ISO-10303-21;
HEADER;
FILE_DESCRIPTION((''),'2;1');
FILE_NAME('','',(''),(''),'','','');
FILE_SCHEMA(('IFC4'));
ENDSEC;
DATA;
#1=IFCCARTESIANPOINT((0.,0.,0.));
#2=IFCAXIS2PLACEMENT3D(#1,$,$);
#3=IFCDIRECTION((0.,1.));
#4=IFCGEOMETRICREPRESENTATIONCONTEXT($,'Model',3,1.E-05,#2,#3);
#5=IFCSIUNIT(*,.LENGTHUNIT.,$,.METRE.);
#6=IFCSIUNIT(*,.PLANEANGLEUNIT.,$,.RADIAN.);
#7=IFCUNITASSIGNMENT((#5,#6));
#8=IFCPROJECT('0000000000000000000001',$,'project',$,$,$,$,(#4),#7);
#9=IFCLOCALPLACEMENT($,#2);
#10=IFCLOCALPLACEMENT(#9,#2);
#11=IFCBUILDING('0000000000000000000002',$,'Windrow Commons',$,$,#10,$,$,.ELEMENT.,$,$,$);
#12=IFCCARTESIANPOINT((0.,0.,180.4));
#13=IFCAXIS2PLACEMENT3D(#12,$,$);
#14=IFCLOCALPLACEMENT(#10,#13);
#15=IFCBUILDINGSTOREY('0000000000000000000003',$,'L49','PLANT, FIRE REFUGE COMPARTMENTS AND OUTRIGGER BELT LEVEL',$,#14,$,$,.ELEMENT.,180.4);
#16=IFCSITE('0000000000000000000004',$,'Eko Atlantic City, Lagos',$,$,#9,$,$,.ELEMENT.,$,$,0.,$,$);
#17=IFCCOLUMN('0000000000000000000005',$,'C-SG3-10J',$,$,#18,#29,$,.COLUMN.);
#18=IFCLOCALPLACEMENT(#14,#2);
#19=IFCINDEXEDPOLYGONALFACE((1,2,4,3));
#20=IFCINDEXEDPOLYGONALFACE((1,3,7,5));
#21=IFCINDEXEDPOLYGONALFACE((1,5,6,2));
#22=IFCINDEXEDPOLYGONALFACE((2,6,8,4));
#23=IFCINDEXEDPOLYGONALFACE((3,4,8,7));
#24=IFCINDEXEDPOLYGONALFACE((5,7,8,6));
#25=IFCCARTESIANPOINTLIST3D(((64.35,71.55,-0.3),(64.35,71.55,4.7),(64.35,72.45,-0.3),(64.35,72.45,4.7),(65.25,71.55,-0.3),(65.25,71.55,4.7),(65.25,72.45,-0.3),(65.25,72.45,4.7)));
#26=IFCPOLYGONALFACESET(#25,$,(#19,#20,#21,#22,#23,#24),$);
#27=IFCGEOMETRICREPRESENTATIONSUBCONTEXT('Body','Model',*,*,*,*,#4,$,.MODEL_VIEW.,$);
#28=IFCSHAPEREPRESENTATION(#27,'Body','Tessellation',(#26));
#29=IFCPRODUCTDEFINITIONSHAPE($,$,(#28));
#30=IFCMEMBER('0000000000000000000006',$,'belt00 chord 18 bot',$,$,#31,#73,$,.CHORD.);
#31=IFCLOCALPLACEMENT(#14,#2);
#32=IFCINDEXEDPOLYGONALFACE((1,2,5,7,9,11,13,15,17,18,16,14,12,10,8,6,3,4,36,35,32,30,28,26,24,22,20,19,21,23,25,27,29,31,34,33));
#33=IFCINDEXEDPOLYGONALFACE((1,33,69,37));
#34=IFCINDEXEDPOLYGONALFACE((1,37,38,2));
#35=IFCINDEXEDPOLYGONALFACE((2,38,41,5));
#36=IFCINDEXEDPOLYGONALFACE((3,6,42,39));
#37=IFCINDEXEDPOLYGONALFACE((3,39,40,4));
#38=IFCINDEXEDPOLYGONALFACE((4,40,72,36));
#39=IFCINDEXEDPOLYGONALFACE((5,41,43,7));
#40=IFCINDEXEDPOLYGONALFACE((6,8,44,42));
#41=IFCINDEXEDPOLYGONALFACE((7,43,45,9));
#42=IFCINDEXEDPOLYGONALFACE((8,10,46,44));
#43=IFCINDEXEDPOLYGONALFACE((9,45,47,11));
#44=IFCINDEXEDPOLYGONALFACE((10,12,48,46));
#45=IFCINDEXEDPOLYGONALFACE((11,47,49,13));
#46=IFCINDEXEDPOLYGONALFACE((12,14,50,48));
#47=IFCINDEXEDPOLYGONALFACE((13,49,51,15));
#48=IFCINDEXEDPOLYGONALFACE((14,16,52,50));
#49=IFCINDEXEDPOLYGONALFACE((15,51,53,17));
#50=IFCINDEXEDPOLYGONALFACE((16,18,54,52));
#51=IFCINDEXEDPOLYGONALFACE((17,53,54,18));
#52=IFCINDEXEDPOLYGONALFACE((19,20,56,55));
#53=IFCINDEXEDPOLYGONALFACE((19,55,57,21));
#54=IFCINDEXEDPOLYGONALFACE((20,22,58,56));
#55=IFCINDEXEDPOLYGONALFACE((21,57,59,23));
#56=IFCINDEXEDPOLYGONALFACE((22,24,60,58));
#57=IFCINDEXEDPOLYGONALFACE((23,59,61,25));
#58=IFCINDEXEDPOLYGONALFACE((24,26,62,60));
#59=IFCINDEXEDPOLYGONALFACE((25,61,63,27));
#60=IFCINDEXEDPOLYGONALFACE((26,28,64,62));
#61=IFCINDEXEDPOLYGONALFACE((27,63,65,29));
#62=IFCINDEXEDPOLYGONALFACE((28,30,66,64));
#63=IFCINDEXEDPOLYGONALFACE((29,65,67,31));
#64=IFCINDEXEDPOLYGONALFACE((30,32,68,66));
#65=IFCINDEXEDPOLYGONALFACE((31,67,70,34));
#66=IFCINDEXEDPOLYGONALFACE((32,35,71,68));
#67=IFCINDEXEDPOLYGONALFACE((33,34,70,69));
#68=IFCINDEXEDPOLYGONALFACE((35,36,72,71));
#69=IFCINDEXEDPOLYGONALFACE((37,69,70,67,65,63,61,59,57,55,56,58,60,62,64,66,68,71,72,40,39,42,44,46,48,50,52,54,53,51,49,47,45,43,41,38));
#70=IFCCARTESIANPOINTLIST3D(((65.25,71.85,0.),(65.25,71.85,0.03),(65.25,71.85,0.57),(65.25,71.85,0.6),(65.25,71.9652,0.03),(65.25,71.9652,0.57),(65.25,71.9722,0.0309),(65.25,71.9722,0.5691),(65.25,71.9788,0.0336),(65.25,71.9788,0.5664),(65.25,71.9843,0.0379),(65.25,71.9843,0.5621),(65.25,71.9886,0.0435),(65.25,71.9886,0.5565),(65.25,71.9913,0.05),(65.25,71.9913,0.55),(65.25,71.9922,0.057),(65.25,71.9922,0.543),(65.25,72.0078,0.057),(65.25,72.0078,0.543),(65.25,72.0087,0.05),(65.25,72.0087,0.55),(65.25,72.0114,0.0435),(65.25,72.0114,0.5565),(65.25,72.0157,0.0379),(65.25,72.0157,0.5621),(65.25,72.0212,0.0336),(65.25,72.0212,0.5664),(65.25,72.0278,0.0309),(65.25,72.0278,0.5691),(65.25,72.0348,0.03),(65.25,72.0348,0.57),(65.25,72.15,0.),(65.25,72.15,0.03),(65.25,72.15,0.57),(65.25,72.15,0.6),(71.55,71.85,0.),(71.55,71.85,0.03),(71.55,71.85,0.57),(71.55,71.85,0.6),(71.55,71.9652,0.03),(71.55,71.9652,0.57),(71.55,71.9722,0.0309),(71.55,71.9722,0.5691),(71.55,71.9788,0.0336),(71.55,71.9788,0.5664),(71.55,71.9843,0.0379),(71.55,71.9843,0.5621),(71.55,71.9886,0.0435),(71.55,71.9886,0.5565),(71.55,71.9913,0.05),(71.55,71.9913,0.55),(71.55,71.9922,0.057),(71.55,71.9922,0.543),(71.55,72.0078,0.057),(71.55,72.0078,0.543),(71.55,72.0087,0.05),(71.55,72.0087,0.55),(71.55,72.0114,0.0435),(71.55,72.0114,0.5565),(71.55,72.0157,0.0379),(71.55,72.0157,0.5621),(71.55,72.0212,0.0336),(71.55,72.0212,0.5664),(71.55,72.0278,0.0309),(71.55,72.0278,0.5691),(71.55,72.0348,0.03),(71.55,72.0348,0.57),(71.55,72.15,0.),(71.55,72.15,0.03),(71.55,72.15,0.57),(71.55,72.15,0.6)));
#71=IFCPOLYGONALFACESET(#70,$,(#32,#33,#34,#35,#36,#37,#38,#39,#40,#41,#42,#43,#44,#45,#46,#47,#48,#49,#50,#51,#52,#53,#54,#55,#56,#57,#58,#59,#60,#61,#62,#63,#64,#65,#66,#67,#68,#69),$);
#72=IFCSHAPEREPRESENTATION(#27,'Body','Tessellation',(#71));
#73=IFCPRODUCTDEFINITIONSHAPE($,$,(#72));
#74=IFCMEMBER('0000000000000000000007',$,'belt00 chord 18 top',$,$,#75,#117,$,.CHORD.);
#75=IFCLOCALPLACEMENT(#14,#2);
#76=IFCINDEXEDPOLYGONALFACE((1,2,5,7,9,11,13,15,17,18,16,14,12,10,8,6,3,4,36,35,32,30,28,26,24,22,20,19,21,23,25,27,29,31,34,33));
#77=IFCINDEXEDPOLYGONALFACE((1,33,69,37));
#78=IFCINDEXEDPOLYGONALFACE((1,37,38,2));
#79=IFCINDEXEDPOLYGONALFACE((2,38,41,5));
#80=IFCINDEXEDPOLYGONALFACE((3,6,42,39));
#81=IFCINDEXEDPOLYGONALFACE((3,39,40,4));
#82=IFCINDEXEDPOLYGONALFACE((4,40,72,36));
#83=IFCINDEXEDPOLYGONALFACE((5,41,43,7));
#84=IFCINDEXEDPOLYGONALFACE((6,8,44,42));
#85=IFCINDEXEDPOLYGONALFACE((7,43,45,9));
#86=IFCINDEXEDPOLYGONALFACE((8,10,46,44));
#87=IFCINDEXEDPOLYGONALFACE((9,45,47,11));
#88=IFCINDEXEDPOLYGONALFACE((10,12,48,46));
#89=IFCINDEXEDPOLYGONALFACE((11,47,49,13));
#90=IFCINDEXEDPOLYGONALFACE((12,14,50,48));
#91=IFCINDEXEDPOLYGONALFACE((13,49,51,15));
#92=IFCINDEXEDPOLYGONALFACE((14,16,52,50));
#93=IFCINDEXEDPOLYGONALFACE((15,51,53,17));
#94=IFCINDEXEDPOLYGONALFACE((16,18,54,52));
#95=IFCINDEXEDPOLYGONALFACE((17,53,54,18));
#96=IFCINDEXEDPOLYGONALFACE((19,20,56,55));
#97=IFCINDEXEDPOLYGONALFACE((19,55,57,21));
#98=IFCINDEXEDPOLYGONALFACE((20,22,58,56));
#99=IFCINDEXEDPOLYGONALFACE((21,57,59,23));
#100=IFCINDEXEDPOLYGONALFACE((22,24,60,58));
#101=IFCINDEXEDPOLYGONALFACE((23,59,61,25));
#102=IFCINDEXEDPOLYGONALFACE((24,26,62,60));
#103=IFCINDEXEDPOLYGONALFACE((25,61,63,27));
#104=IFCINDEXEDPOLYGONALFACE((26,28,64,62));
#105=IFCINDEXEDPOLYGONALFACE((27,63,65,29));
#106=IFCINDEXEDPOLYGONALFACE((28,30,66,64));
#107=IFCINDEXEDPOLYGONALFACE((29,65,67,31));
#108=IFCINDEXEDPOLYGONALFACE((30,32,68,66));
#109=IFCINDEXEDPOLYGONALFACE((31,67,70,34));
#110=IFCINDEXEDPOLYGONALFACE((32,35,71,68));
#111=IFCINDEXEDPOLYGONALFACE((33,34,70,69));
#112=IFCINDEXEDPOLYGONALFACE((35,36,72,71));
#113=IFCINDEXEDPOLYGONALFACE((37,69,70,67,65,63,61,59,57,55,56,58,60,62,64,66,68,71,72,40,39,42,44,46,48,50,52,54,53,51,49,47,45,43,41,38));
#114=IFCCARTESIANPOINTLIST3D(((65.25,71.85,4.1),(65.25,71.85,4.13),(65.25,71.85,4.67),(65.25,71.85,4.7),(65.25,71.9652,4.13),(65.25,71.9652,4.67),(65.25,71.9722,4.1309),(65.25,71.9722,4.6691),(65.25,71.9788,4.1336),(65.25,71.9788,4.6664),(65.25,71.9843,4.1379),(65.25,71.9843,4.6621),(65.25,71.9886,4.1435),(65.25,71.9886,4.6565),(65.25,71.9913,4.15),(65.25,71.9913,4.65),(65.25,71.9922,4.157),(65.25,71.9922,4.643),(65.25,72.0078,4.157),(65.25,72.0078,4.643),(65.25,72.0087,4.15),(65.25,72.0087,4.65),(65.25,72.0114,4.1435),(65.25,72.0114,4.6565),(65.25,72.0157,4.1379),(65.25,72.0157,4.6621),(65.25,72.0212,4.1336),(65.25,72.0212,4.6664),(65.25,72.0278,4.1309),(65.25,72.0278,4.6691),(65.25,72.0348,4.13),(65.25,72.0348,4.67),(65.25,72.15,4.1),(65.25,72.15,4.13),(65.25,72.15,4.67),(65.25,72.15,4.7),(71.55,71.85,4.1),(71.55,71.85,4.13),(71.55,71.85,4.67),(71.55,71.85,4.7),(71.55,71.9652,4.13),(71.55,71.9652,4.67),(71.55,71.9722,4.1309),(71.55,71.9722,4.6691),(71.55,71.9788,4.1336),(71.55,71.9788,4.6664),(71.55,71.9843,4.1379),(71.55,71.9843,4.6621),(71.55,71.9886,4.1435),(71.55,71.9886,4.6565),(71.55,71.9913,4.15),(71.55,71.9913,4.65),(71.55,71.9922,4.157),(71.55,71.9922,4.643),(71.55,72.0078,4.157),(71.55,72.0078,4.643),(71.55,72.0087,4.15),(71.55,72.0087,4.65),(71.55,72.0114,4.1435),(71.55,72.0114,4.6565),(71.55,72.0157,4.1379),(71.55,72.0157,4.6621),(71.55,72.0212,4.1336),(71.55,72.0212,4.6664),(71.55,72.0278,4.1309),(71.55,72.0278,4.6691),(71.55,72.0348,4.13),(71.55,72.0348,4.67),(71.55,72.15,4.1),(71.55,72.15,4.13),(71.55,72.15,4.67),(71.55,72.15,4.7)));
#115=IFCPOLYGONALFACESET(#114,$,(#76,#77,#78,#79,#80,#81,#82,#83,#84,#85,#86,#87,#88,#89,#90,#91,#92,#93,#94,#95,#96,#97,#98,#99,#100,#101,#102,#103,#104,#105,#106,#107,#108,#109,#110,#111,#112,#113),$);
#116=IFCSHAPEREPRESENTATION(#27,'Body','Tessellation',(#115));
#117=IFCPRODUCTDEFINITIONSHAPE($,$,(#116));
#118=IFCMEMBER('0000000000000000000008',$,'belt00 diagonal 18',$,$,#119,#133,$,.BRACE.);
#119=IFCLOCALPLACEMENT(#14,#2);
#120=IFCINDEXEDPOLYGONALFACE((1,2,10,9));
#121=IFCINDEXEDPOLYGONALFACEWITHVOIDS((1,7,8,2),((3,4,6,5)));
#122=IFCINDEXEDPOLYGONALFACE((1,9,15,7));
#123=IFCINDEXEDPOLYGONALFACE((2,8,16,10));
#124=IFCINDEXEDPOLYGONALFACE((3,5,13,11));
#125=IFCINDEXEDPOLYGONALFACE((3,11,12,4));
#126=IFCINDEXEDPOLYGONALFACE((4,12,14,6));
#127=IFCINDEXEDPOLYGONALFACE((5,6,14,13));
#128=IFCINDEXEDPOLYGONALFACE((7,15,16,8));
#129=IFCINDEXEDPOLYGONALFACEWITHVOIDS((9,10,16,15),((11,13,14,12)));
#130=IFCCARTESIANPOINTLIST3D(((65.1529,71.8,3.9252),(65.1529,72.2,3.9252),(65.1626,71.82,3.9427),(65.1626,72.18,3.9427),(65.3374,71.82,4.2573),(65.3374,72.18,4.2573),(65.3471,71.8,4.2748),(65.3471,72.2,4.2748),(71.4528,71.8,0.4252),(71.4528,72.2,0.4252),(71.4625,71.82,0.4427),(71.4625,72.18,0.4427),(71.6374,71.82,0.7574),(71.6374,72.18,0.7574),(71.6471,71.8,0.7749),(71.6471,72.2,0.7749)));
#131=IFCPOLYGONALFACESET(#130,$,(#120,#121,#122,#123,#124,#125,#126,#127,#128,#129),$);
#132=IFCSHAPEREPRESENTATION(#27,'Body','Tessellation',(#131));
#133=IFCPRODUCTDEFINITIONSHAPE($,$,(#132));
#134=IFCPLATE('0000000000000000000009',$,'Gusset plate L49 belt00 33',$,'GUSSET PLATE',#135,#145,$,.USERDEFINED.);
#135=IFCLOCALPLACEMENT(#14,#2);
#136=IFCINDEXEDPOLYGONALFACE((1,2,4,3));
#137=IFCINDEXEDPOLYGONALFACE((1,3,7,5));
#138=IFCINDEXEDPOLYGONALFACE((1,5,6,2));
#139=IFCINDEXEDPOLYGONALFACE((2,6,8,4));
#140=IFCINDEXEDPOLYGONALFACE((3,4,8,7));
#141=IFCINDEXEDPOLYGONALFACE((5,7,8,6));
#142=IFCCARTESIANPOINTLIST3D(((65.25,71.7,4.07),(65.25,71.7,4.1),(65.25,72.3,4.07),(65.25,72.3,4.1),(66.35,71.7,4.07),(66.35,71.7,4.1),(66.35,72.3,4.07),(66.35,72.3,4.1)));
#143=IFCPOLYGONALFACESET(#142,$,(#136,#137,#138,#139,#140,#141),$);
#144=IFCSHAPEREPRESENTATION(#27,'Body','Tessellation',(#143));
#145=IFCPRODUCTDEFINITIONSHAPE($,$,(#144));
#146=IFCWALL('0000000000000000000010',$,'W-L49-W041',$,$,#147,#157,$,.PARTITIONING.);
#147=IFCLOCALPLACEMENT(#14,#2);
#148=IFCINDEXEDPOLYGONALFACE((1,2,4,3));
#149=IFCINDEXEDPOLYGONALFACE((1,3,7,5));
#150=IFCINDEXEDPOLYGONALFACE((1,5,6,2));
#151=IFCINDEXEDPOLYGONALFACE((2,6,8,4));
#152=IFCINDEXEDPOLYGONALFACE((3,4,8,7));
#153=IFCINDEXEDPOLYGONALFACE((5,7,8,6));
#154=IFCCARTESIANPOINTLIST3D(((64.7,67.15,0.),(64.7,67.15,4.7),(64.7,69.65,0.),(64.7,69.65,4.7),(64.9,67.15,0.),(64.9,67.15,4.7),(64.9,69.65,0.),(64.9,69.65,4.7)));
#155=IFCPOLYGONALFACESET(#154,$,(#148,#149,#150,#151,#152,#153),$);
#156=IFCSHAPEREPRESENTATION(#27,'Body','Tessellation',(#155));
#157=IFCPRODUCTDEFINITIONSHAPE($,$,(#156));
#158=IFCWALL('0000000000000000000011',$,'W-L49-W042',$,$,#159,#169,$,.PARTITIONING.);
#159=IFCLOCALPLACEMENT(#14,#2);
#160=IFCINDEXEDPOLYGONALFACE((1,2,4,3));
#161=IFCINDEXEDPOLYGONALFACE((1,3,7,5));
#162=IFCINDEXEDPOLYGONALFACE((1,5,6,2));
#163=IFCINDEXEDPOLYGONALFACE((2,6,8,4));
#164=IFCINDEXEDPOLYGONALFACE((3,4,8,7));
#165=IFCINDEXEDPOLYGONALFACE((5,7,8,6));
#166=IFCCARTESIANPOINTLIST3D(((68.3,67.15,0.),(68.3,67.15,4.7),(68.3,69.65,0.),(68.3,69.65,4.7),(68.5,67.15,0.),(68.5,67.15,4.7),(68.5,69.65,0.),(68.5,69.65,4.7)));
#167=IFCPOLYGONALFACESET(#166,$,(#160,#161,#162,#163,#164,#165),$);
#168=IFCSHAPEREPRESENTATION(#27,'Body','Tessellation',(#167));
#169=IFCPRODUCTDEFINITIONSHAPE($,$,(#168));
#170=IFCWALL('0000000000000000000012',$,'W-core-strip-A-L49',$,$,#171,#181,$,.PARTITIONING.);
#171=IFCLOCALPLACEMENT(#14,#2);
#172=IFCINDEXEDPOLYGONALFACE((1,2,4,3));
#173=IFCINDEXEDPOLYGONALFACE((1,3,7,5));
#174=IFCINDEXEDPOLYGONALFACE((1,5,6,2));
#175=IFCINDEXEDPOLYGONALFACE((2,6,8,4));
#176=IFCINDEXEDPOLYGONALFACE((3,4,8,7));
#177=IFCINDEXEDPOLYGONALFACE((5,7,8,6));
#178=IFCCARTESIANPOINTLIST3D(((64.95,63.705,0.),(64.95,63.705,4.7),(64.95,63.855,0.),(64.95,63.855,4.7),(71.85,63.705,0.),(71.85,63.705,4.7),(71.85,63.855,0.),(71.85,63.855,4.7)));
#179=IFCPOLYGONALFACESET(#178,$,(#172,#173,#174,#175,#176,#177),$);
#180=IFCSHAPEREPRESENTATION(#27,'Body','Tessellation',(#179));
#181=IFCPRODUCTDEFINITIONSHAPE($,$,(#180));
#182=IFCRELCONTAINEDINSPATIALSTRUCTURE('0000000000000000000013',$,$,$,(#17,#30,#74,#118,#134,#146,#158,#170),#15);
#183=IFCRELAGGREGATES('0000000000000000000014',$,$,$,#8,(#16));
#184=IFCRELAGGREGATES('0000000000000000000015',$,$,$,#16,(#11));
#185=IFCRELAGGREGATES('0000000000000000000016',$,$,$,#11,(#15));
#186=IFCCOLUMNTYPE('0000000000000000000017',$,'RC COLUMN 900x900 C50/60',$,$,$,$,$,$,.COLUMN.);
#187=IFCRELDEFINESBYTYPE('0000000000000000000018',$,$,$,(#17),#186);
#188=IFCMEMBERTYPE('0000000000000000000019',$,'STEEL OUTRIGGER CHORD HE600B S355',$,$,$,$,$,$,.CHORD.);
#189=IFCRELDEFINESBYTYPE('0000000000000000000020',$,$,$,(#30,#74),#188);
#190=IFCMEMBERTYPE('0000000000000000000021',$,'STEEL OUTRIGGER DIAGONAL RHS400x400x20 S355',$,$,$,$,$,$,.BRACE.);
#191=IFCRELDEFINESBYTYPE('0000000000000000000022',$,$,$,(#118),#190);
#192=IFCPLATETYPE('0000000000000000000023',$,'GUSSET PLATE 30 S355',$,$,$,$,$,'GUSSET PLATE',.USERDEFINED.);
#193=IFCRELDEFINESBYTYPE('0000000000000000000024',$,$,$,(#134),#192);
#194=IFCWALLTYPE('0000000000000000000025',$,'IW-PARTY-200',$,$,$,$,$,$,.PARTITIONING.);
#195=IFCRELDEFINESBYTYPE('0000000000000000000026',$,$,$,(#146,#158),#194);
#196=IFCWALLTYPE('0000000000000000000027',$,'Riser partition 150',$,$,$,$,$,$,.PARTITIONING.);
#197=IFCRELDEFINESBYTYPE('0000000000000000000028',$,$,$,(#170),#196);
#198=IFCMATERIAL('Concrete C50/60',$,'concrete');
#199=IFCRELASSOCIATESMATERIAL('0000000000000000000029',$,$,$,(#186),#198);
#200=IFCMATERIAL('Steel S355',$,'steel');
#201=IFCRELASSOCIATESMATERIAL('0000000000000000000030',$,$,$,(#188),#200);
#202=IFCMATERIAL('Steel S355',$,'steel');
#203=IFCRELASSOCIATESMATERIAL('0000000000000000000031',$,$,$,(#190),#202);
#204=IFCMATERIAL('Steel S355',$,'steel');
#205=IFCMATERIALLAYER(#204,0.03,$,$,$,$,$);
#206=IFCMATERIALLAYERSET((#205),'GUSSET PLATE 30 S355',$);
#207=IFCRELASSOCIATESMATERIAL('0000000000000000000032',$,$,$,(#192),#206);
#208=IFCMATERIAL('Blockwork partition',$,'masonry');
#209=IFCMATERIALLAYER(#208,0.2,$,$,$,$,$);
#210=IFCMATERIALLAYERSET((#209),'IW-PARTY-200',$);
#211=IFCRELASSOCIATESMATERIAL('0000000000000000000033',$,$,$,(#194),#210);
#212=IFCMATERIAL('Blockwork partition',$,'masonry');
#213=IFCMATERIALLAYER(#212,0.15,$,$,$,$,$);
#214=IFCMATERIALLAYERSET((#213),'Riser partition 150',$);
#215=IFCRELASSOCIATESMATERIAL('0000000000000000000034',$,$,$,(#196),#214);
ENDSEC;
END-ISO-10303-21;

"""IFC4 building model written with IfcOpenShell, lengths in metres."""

from ifc_helpers import new_model, si_unit, direction, frame, frame_2d, origin, origin_2d, place, context, subcontext, project, spatial, rectangle, hollow_rectangle, i_section, extrude, material, layer, layer_set, material_profile, profile_set, type_object, element, save


model = new_model("IFC4")

# Units and contexts
model_context = context("Model", 3, precision=1e-05, world=origin(), true_north=direction((0.0, 1.0)))
body_context = subcontext(model_context, "Body", "Model", "MODEL_VIEW")
ifc_project = project(units=[si_unit("LENGTHUNIT", "METRE"), si_unit("PLANEANGLEUNIT", "RADIAN")], contexts=[model_context])

# Site, building, storey
site_placement = place(None, origin())
site = spatial("IfcSite", under=ifc_project, at=site_placement, Name="Eko Atlantic City, Lagos", CompositionType="ELEMENT", RefElevation=0.0)
building_placement = place(site_placement, origin())
building = spatial("IfcBuilding", under=site, at=building_placement, Name="Windrow Commons", CompositionType="ELEMENT")
storey_placement = place(building_placement, frame((0.0, 0.0, 180.4)))
storey = spatial("IfcBuildingStorey", under=building, at=storey_placement, Name="L49", Description="PLANT, FIRE REFUGE COMPARTMENTS AND OUTRIGGER BELT LEVEL", CompositionType="ELEMENT", Elevation=180.4)

# Column
ifc_material_1 = material(Name="Concrete C50/60", Category="concrete")
ifc_material_profile_1 = material_profile(ifc_material_1, rectangle(XDim=0.9, YDim=0.9, at=origin_2d()))
ifc_profile_set_1 = profile_set([ifc_material_profile_1], Name="Concrete C50/60")
column_type = type_object("IfcColumnType", Name="RC COLUMN 900x900 C50/60", PredefinedType="COLUMN", material=ifc_profile_set_1)
column_placement = place(storey_placement, frame((64.8, 72.0, -0.3), z_axis=(0.0, 0.0, 1.0), x_axis=(1.0, 0.0, 0.0)))
element("IfcColumn", 1, at=column_placement, inside=storey, type_object=column_type, Name="C-SG3-10J", PredefinedType="COLUMN", context=body_context, shape_type="SweptSolid", body=[
    extrude(rectangle(XDim=0.9, YDim=0.9, at=origin_2d()), origin(), (0.0, 0.0, 1.0), 5.0),
])

# Members
ifc_material_2 = material(Name="Steel S355", Category="steel")
ifc_material_profile_2 = material_profile(ifc_material_2, i_section(OverallWidth=0.3, OverallDepth=0.6, WebThickness=0.0155, FlangeThickness=0.03, FilletRadius=0.027, at=origin_2d()))
ifc_profile_set_2 = profile_set([ifc_material_profile_2], Name="Steel S355")
member_type_1 = type_object("IfcMemberType", Name="STEEL OUTRIGGER CHORD HE600B S355", PredefinedType="CHORD", material=ifc_profile_set_2)
for number, where, z_axis, x_axis, name in (
    (2, (65.25, 72.0, 0.3), (1.0, 0.0, 0.0), (0.0, 1.0, 0.0), "belt00 chord 18 bot"),
    (3, (65.25, 72.0, 4.4), (1.0, 0.0, 0.0), (0.0, 1.0, 0.0), "belt00 chord 18 top"),
):
    element("IfcMember", number, at=place(storey_placement, frame(where, z_axis=z_axis, x_axis=x_axis)), inside=storey, type_object=member_type_1, Name=name, PredefinedType="CHORD", context=body_context, shape_type="SweptSolid", body=[
        extrude(i_section(OverallWidth=0.3, OverallDepth=0.6, WebThickness=0.0155, FlangeThickness=0.03, FilletRadius=0.027, at=origin_2d()), origin(), (0.0, 0.0, 1.0), 6.3),
    ])
ifc_material_3 = material(Name="Steel S355", Category="steel")
ifc_material_profile_3 = material_profile(ifc_material_3, hollow_rectangle(XDim=0.4, YDim=0.4, WallThickness=0.02, at=origin_2d()))
ifc_profile_set_3 = profile_set([ifc_material_profile_3], Name="Steel S355")
member_type_2 = type_object("IfcMemberType", Name="STEEL OUTRIGGER DIAGONAL RHS400x400x20 S355", PredefinedType="BRACE", material=ifc_profile_set_3)
member_placement = place(storey_placement, frame((65.25, 72.0, 4.1), z_axis=(0.874157, 0.0, -0.485643), x_axis=(0.0, 1.0, 0.0)))
element("IfcMember", 4, at=member_placement, inside=storey, type_object=member_type_2, Name="belt00 diagonal 18", PredefinedType="BRACE", context=body_context, shape_type="SweptSolid", body=[
    extrude(hollow_rectangle(XDim=0.4, YDim=0.4, WallThickness=0.02, at=origin_2d()), origin(), (0.0, 0.0, 1.0), 7.2069),
])

# Plate
ifc_material_4 = material(Name="Steel S355", Category="steel")
ifc_layer_1 = layer(ifc_material_4, 0.03)
ifc_layer_set_1 = layer_set([ifc_layer_1], Name="GUSSET PLATE 30 S355")
plate_type = type_object("IfcPlateType", Name="GUSSET PLATE 30 S355", ElementType="GUSSET PLATE", PredefinedType="USERDEFINED", material=ifc_layer_set_1)
plate_placement = place(storey_placement, frame((65.8, 72.0, 4.07), z_axis=(0.0, 0.0, 1.0), x_axis=(1.0, 0.0, 0.0)))
element("IfcPlate", 5, at=plate_placement, inside=storey, type_object=plate_type, Name="Gusset plate L49 belt00 33", ObjectType="GUSSET PLATE", PredefinedType="USERDEFINED", context=body_context, shape_type="SweptSolid", body=[
    extrude(rectangle(XDim=1.1, YDim=0.6, at=origin_2d()), origin(), (0.0, 0.0, 1.0), 0.03),
])

# Walls
ifc_material_5 = material(Name="Blockwork partition", Category="masonry")
ifc_layer_2 = layer(ifc_material_5, 0.2)
ifc_layer_set_2 = layer_set([ifc_layer_2], Name="IW-PARTY-200")
wall_type_1 = type_object("IfcWallType", Name="IW-PARTY-200", PredefinedType="PARTITIONING", material=ifc_layer_set_2)
for number, where, z_axis, x_axis, name in (
    (6, (64.8, 67.15, 0.0), (0.0, 0.0, 1.0), (0.0, 1.0, 0.0), "W-L49-W041"),
    (7, (68.4, 67.15, 0.0), (0.0, 0.0, 1.0), (0.0, 1.0, 0.0), "W-L49-W042"),
):
    element("IfcWall", number, at=place(storey_placement, frame(where, z_axis=z_axis, x_axis=x_axis)), inside=storey, type_object=wall_type_1, Name=name, PredefinedType="PARTITIONING", context=body_context, shape_type="SweptSolid", body=[
        extrude(rectangle(XDim=2.5, YDim=0.2, at=frame_2d((1.25, 0.0))), origin(), (0.0, 0.0, 1.0), 4.7),
    ])
ifc_material_6 = material(Name="Blockwork partition", Category="masonry")
ifc_layer_3 = layer(ifc_material_6, 0.15)
ifc_layer_set_3 = layer_set([ifc_layer_3], Name="Riser partition 150")
wall_type_2 = type_object("IfcWallType", Name="Riser partition 150", PredefinedType="PARTITIONING", material=ifc_layer_set_3)
wall_placement = place(storey_placement, frame((64.95, 63.78, 0.0), z_axis=(0.0, 0.0, 1.0), x_axis=(1.0, 0.0, 0.0)))
element("IfcWall", 8, at=wall_placement, inside=storey, type_object=wall_type_2, Name="W-core-strip-A-L49", PredefinedType="PARTITIONING", context=body_context, shape_type="SweptSolid", body=[
    extrude(rectangle(XDim=6.9, YDim=0.15, at=frame_2d((3.45, 0.0))), origin(), (0.0, 0.0, 1.0), 4.7),
])

save(model, "model.ifc")
